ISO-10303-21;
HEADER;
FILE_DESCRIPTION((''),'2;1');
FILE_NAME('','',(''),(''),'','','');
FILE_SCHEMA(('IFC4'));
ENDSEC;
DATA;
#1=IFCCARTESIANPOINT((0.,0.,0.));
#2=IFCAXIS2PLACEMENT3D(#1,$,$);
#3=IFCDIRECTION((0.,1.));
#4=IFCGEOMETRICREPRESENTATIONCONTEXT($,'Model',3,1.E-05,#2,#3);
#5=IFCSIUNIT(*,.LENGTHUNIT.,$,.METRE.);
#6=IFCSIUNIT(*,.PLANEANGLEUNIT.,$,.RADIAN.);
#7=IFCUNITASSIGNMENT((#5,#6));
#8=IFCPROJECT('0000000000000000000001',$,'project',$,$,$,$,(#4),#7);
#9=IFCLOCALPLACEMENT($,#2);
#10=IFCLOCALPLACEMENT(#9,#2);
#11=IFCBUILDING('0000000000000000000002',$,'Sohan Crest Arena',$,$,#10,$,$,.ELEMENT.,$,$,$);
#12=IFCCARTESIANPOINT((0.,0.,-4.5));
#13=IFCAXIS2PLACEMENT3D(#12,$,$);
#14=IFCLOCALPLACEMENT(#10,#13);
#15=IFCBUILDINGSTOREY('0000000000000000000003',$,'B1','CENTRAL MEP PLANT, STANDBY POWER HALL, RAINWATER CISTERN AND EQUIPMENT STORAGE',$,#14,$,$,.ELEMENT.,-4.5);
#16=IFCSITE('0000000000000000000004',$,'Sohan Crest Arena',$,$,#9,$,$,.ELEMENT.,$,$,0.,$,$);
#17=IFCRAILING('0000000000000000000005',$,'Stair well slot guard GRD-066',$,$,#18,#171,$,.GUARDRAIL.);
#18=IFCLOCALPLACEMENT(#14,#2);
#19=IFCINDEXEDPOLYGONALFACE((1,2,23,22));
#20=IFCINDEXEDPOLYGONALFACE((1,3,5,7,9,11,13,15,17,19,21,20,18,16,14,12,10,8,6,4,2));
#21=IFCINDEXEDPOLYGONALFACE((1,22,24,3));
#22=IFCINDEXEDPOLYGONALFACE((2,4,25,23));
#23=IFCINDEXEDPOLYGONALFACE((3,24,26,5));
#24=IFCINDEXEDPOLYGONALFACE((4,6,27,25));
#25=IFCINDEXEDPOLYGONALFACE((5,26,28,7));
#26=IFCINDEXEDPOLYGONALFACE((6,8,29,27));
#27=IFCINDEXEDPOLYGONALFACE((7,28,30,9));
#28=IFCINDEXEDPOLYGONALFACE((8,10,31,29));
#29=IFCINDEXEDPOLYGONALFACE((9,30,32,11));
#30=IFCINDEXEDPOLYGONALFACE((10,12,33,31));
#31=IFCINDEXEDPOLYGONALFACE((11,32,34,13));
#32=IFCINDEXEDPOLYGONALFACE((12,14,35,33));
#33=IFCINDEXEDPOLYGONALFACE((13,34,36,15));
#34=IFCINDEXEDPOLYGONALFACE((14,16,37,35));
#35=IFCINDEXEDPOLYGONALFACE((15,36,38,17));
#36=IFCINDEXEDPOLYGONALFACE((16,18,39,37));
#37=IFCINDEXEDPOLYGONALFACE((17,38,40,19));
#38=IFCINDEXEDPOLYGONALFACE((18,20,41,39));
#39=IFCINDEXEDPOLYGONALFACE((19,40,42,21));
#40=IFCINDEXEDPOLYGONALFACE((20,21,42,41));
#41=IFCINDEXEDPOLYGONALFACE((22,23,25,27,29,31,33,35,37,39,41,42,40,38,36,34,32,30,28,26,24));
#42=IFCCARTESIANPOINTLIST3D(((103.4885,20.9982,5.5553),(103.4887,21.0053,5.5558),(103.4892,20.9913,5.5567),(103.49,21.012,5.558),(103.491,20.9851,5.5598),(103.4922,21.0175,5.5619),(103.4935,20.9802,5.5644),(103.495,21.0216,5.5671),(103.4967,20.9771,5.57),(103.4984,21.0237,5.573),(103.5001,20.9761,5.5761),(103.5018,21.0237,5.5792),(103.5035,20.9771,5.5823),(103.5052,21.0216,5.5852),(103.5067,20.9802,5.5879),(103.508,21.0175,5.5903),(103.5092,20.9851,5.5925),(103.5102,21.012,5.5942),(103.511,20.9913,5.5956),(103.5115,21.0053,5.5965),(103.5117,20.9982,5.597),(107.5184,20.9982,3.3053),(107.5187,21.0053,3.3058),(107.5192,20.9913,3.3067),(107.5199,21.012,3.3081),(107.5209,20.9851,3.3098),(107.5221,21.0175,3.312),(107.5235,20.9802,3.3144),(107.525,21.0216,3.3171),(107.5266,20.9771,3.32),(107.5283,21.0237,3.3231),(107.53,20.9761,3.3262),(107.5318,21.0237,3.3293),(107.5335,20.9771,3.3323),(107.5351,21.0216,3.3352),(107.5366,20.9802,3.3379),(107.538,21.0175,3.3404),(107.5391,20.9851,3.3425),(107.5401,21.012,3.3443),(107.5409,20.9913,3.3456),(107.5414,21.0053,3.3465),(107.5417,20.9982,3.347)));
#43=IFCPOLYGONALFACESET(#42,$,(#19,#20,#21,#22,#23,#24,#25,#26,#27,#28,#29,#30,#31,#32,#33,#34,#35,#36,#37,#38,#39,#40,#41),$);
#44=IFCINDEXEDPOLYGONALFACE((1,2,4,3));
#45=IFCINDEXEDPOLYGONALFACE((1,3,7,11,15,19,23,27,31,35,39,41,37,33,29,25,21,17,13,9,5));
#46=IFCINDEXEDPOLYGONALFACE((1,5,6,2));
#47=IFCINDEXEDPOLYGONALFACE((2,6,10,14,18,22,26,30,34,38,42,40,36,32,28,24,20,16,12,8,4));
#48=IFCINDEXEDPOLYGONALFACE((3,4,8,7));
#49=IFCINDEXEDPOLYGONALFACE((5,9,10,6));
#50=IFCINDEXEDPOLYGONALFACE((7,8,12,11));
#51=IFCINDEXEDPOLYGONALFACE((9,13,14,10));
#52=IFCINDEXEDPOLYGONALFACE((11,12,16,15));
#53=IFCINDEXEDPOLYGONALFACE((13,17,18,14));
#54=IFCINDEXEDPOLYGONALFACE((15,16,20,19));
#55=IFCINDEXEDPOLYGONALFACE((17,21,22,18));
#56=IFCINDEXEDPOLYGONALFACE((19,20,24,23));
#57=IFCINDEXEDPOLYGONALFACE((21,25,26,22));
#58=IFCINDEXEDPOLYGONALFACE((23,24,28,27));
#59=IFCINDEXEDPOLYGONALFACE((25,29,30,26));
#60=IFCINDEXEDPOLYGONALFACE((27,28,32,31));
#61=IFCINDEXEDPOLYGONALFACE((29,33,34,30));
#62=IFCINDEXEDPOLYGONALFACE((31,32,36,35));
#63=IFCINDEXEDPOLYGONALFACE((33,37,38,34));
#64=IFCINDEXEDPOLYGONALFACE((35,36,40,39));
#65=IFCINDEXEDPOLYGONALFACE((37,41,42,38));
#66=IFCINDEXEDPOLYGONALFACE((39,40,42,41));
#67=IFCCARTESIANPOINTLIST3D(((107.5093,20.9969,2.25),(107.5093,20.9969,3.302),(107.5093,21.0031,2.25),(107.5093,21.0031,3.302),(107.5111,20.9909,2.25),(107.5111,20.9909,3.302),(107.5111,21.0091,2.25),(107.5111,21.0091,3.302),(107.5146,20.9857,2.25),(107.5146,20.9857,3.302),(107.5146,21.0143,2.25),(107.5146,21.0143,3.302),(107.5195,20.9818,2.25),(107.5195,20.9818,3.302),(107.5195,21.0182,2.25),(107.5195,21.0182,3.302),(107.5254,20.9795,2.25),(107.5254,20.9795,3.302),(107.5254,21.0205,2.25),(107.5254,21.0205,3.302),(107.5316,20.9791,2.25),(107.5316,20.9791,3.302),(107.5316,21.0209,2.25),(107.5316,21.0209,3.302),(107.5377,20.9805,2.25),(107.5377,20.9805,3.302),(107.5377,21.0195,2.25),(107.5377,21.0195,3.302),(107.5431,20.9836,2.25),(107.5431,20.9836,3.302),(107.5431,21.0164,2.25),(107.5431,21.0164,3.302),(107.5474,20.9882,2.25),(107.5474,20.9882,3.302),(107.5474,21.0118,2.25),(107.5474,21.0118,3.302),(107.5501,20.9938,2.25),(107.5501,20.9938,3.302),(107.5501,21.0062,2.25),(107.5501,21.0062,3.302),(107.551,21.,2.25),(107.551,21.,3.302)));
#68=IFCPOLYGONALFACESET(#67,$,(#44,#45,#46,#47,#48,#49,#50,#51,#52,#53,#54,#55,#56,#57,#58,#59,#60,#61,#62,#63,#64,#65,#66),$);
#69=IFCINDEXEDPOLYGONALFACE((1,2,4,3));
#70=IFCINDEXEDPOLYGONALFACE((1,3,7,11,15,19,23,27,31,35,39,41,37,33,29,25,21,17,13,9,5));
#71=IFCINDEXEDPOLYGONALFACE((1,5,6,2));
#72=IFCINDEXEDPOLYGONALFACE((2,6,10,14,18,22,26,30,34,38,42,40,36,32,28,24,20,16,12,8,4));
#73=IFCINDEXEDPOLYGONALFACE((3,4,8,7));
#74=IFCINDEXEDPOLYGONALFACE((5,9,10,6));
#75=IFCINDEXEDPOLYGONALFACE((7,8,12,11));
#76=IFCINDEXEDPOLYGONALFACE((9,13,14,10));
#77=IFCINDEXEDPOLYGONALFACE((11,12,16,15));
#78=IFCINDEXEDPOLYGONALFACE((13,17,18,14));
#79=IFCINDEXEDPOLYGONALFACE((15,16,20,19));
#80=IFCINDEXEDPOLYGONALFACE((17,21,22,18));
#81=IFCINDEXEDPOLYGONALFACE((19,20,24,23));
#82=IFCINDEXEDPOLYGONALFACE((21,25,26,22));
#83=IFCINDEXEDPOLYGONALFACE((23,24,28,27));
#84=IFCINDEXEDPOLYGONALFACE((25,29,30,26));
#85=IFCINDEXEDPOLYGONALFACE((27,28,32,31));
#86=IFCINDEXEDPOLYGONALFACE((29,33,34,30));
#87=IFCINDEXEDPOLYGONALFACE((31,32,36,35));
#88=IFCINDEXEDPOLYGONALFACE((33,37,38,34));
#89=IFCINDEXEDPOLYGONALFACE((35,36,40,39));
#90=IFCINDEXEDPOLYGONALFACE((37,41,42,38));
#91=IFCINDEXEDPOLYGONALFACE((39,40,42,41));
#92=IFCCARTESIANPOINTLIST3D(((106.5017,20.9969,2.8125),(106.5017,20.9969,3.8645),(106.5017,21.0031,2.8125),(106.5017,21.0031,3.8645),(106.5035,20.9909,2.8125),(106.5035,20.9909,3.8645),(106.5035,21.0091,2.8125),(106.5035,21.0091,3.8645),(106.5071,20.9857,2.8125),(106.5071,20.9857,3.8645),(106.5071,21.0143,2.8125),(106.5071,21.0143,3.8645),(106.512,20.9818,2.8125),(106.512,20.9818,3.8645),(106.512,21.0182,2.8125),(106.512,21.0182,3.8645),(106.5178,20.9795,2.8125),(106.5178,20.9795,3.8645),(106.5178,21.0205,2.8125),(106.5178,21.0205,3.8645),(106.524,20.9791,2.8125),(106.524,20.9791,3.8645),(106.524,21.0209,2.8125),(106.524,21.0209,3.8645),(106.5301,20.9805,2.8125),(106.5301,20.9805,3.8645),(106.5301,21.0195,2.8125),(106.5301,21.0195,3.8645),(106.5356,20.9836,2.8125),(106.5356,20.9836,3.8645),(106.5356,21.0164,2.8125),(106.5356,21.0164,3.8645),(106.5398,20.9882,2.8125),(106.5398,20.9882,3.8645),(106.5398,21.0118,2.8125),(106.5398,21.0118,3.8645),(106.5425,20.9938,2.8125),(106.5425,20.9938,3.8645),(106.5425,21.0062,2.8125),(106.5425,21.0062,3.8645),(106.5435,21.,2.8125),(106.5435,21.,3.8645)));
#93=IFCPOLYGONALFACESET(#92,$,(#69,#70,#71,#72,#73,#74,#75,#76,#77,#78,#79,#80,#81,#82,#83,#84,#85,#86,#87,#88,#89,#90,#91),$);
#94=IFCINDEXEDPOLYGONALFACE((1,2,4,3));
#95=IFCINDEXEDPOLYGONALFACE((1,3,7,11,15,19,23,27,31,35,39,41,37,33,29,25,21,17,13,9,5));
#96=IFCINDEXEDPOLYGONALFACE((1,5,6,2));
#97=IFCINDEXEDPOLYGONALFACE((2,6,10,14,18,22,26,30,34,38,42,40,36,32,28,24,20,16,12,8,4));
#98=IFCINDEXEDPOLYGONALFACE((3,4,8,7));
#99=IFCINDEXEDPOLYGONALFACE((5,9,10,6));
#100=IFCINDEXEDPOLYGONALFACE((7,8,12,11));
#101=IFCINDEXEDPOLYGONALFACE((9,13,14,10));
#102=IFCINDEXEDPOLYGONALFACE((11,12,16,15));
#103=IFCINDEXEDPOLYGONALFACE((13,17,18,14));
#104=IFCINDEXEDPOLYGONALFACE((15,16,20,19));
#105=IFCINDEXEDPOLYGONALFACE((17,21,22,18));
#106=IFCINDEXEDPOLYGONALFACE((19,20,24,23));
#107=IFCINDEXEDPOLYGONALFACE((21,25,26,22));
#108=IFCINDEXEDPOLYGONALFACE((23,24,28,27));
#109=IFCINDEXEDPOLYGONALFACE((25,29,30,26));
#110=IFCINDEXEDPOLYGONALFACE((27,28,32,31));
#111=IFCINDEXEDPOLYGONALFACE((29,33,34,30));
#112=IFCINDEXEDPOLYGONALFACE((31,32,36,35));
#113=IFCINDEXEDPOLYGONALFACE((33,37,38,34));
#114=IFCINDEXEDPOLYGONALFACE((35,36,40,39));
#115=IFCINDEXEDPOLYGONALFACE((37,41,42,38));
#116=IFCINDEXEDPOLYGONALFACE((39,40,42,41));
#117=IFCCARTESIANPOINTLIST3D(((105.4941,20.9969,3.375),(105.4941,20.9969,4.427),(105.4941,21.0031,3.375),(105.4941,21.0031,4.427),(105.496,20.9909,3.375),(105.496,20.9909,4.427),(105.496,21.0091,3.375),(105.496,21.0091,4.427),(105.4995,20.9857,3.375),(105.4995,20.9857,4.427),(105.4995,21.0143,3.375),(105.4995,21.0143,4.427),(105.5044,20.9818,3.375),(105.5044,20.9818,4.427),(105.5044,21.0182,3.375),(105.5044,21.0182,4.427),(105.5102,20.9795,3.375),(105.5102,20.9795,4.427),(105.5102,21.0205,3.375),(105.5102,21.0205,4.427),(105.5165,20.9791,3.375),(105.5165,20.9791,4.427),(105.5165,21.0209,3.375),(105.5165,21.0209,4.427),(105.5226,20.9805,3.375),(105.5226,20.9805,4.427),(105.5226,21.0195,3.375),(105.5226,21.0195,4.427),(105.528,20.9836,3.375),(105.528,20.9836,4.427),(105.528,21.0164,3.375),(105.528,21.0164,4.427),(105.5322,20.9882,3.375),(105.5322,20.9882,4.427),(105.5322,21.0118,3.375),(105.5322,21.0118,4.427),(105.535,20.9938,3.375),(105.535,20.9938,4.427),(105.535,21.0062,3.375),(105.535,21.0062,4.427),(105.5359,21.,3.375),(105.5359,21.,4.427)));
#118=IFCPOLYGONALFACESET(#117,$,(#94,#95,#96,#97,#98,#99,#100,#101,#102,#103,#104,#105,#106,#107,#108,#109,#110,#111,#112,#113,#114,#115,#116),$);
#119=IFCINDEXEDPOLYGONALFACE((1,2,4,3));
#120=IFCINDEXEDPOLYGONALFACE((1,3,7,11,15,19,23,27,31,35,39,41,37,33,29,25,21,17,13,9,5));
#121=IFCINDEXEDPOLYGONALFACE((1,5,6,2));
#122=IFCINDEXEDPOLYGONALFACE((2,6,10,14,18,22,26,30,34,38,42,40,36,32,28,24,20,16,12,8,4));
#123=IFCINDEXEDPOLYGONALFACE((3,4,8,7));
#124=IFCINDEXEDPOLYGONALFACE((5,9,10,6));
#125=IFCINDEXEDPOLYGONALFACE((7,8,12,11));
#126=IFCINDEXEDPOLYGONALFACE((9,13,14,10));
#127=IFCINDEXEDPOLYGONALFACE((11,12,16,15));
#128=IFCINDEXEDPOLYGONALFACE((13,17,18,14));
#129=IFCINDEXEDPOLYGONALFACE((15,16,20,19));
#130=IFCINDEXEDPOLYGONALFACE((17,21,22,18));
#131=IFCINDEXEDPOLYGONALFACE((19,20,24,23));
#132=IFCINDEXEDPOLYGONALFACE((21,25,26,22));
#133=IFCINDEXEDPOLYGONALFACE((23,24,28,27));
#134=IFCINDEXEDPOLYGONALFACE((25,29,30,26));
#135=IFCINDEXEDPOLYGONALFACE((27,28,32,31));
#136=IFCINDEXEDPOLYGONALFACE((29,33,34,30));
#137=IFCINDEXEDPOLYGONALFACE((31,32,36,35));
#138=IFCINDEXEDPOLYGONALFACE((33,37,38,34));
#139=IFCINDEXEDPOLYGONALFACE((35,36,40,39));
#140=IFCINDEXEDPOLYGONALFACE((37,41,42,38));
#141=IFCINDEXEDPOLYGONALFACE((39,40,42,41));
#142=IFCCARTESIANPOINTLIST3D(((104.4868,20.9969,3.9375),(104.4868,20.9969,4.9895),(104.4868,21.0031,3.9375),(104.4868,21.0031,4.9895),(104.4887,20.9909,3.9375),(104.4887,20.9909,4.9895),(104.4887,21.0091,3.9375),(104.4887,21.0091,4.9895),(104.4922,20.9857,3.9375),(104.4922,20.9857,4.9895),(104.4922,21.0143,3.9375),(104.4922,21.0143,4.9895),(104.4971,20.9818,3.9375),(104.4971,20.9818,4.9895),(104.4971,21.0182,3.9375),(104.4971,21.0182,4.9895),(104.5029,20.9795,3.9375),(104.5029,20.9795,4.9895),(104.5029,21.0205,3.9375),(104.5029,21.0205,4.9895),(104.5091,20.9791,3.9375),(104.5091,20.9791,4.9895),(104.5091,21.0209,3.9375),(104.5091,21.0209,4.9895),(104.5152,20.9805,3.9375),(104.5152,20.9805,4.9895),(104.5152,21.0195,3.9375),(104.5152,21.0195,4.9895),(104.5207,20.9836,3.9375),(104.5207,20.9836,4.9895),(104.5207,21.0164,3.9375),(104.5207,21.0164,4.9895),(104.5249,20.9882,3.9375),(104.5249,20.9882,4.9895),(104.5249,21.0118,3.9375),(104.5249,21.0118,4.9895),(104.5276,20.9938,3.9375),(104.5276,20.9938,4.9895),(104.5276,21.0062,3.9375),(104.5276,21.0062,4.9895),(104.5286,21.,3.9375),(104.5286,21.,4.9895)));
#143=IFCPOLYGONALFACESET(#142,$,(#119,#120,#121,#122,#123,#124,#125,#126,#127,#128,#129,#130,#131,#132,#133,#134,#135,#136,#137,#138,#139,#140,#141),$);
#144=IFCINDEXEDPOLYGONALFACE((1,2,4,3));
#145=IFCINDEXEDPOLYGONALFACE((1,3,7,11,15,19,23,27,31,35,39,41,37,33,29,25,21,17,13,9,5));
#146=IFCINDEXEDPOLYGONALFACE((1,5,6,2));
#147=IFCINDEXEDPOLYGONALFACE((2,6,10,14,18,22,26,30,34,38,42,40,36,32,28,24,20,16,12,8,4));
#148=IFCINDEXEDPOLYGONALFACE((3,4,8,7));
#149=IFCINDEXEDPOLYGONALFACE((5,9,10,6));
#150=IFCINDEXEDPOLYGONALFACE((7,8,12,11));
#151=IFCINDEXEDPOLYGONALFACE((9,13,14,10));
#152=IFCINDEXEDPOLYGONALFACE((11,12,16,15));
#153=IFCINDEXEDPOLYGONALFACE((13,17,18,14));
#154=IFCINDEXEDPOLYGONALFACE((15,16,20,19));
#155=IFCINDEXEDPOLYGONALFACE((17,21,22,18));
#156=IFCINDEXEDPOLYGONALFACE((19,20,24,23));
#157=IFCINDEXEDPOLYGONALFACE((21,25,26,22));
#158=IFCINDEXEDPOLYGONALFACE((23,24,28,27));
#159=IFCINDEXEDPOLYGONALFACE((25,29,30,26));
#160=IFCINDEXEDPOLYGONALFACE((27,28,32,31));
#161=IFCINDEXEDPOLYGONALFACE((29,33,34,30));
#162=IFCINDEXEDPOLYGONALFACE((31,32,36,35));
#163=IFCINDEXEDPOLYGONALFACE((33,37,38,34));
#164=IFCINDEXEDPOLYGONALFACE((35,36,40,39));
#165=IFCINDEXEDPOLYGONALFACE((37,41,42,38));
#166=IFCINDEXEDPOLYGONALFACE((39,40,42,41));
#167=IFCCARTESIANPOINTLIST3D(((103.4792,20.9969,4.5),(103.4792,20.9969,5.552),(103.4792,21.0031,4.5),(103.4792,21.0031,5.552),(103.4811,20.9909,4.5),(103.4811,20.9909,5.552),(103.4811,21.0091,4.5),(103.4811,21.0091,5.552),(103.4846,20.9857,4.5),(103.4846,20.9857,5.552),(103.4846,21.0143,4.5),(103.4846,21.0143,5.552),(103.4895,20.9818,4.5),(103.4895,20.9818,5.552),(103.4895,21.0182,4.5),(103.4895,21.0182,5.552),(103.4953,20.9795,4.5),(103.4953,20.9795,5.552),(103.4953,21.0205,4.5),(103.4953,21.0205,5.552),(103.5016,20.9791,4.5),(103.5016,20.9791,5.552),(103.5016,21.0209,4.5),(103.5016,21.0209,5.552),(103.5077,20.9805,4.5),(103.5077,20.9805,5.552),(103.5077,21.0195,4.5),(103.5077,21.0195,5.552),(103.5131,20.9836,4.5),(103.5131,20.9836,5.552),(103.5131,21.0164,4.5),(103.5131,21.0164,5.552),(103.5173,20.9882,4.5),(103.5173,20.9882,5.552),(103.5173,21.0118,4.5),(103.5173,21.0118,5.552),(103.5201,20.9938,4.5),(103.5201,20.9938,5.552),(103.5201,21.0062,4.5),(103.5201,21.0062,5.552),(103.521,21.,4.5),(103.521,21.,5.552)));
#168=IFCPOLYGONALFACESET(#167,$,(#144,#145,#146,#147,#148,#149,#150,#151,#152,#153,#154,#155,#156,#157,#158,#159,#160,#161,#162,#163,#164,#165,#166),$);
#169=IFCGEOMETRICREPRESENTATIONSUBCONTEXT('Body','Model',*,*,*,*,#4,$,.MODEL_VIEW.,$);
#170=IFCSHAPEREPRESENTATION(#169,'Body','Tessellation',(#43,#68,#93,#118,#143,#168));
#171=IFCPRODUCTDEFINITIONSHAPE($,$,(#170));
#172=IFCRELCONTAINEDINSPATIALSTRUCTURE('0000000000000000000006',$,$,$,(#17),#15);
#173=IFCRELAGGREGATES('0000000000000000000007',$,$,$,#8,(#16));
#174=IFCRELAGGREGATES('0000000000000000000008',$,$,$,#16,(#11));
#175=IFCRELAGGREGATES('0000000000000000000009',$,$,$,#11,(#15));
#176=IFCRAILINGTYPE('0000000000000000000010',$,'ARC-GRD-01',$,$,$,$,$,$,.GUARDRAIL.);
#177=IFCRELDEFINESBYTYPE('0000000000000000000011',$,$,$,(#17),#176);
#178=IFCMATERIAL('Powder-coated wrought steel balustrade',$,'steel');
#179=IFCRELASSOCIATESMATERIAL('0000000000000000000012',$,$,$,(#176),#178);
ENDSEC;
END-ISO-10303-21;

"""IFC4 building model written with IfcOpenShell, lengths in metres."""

from ifc_helpers import new_model, si_unit, direction, frame, origin, origin_2d, place, context, subcontext, project, spatial, circle, extrude, material, type_object, element, save


model = new_model("IFC4")

# Units and contexts
model_context = context("Model", 3, precision=1e-05, world=origin(), true_north=direction((0.0, 1.0)))
body_context = subcontext(model_context, "Body", "Model", "MODEL_VIEW")
ifc_project = project(units=[si_unit("LENGTHUNIT", "METRE"), si_unit("PLANEANGLEUNIT", "RADIAN")], contexts=[model_context])

# Site, building, storey
site_placement = place(None, origin())
site = spatial("IfcSite", under=ifc_project, at=site_placement, Name="Sohan Crest Arena", CompositionType="ELEMENT", RefElevation=0.0)
building_placement = place(site_placement, origin())
building = spatial("IfcBuilding", under=site, at=building_placement, Name="Sohan Crest Arena", CompositionType="ELEMENT")
storey_placement = place(building_placement, frame((0.0, 0.0, -4.5)))
storey = spatial("IfcBuildingStorey", under=building, at=storey_placement, Name="B1", Description="CENTRAL MEP PLANT, STANDBY POWER HALL, RAINWATER CISTERN AND EQUIPMENT STORAGE", CompositionType="ELEMENT", Elevation=-4.5)

# Railing
ifc_material_1 = material(Name="Powder-coated wrought steel balustrade", Category="steel")
railing_type_1 = type_object("IfcRailingType", Name="ARC-GRD-01", PredefinedType="GUARDRAIL", material=ifc_material_1)
railing_1_placement = place(storey_placement, frame((107.53, 21.0, 2.25)))
element("IfcRailing", 1, at=railing_1_placement, inside=storey, type_object=railing_type_1, Name="Stair well slot guard GRD-066", PredefinedType="GUARDRAIL", context=body_context, shape_type="SweptSolid", body=[
    extrude(circle(Radius=0.0239, at=origin_2d()), frame((0.0, 0.0, 1.0762), z_axis=(-0.873135, 0.0, 0.487479), x_axis=(0.0, -1.0, 0.0)), (0.0, 0.0, 1.0), 4.6155),
    extrude(circle(Radius=0.021, at=origin_2d()), origin(), (0.0, 0.0, 1.0), 1.052),
    extrude(circle(Radius=0.021, at=origin_2d()), frame((-1.0076, 0.0, 0.5625)), (0.0, 0.0, 1.0), 1.052),
    extrude(circle(Radius=0.021, at=origin_2d()), frame((-2.0151, 0.0, 1.125)), (0.0, 0.0, 1.0), 1.052),
    extrude(circle(Radius=0.021, at=origin_2d()), frame((-3.0225, 0.0, 1.6875)), (0.0, 0.0, 1.0), 1.052),
    extrude(circle(Radius=0.021, at=origin_2d()), frame((-4.03, 0.0, 2.25)), (0.0, 0.0, 1.0), 1.052),
])

save(model, "model.ifc")
